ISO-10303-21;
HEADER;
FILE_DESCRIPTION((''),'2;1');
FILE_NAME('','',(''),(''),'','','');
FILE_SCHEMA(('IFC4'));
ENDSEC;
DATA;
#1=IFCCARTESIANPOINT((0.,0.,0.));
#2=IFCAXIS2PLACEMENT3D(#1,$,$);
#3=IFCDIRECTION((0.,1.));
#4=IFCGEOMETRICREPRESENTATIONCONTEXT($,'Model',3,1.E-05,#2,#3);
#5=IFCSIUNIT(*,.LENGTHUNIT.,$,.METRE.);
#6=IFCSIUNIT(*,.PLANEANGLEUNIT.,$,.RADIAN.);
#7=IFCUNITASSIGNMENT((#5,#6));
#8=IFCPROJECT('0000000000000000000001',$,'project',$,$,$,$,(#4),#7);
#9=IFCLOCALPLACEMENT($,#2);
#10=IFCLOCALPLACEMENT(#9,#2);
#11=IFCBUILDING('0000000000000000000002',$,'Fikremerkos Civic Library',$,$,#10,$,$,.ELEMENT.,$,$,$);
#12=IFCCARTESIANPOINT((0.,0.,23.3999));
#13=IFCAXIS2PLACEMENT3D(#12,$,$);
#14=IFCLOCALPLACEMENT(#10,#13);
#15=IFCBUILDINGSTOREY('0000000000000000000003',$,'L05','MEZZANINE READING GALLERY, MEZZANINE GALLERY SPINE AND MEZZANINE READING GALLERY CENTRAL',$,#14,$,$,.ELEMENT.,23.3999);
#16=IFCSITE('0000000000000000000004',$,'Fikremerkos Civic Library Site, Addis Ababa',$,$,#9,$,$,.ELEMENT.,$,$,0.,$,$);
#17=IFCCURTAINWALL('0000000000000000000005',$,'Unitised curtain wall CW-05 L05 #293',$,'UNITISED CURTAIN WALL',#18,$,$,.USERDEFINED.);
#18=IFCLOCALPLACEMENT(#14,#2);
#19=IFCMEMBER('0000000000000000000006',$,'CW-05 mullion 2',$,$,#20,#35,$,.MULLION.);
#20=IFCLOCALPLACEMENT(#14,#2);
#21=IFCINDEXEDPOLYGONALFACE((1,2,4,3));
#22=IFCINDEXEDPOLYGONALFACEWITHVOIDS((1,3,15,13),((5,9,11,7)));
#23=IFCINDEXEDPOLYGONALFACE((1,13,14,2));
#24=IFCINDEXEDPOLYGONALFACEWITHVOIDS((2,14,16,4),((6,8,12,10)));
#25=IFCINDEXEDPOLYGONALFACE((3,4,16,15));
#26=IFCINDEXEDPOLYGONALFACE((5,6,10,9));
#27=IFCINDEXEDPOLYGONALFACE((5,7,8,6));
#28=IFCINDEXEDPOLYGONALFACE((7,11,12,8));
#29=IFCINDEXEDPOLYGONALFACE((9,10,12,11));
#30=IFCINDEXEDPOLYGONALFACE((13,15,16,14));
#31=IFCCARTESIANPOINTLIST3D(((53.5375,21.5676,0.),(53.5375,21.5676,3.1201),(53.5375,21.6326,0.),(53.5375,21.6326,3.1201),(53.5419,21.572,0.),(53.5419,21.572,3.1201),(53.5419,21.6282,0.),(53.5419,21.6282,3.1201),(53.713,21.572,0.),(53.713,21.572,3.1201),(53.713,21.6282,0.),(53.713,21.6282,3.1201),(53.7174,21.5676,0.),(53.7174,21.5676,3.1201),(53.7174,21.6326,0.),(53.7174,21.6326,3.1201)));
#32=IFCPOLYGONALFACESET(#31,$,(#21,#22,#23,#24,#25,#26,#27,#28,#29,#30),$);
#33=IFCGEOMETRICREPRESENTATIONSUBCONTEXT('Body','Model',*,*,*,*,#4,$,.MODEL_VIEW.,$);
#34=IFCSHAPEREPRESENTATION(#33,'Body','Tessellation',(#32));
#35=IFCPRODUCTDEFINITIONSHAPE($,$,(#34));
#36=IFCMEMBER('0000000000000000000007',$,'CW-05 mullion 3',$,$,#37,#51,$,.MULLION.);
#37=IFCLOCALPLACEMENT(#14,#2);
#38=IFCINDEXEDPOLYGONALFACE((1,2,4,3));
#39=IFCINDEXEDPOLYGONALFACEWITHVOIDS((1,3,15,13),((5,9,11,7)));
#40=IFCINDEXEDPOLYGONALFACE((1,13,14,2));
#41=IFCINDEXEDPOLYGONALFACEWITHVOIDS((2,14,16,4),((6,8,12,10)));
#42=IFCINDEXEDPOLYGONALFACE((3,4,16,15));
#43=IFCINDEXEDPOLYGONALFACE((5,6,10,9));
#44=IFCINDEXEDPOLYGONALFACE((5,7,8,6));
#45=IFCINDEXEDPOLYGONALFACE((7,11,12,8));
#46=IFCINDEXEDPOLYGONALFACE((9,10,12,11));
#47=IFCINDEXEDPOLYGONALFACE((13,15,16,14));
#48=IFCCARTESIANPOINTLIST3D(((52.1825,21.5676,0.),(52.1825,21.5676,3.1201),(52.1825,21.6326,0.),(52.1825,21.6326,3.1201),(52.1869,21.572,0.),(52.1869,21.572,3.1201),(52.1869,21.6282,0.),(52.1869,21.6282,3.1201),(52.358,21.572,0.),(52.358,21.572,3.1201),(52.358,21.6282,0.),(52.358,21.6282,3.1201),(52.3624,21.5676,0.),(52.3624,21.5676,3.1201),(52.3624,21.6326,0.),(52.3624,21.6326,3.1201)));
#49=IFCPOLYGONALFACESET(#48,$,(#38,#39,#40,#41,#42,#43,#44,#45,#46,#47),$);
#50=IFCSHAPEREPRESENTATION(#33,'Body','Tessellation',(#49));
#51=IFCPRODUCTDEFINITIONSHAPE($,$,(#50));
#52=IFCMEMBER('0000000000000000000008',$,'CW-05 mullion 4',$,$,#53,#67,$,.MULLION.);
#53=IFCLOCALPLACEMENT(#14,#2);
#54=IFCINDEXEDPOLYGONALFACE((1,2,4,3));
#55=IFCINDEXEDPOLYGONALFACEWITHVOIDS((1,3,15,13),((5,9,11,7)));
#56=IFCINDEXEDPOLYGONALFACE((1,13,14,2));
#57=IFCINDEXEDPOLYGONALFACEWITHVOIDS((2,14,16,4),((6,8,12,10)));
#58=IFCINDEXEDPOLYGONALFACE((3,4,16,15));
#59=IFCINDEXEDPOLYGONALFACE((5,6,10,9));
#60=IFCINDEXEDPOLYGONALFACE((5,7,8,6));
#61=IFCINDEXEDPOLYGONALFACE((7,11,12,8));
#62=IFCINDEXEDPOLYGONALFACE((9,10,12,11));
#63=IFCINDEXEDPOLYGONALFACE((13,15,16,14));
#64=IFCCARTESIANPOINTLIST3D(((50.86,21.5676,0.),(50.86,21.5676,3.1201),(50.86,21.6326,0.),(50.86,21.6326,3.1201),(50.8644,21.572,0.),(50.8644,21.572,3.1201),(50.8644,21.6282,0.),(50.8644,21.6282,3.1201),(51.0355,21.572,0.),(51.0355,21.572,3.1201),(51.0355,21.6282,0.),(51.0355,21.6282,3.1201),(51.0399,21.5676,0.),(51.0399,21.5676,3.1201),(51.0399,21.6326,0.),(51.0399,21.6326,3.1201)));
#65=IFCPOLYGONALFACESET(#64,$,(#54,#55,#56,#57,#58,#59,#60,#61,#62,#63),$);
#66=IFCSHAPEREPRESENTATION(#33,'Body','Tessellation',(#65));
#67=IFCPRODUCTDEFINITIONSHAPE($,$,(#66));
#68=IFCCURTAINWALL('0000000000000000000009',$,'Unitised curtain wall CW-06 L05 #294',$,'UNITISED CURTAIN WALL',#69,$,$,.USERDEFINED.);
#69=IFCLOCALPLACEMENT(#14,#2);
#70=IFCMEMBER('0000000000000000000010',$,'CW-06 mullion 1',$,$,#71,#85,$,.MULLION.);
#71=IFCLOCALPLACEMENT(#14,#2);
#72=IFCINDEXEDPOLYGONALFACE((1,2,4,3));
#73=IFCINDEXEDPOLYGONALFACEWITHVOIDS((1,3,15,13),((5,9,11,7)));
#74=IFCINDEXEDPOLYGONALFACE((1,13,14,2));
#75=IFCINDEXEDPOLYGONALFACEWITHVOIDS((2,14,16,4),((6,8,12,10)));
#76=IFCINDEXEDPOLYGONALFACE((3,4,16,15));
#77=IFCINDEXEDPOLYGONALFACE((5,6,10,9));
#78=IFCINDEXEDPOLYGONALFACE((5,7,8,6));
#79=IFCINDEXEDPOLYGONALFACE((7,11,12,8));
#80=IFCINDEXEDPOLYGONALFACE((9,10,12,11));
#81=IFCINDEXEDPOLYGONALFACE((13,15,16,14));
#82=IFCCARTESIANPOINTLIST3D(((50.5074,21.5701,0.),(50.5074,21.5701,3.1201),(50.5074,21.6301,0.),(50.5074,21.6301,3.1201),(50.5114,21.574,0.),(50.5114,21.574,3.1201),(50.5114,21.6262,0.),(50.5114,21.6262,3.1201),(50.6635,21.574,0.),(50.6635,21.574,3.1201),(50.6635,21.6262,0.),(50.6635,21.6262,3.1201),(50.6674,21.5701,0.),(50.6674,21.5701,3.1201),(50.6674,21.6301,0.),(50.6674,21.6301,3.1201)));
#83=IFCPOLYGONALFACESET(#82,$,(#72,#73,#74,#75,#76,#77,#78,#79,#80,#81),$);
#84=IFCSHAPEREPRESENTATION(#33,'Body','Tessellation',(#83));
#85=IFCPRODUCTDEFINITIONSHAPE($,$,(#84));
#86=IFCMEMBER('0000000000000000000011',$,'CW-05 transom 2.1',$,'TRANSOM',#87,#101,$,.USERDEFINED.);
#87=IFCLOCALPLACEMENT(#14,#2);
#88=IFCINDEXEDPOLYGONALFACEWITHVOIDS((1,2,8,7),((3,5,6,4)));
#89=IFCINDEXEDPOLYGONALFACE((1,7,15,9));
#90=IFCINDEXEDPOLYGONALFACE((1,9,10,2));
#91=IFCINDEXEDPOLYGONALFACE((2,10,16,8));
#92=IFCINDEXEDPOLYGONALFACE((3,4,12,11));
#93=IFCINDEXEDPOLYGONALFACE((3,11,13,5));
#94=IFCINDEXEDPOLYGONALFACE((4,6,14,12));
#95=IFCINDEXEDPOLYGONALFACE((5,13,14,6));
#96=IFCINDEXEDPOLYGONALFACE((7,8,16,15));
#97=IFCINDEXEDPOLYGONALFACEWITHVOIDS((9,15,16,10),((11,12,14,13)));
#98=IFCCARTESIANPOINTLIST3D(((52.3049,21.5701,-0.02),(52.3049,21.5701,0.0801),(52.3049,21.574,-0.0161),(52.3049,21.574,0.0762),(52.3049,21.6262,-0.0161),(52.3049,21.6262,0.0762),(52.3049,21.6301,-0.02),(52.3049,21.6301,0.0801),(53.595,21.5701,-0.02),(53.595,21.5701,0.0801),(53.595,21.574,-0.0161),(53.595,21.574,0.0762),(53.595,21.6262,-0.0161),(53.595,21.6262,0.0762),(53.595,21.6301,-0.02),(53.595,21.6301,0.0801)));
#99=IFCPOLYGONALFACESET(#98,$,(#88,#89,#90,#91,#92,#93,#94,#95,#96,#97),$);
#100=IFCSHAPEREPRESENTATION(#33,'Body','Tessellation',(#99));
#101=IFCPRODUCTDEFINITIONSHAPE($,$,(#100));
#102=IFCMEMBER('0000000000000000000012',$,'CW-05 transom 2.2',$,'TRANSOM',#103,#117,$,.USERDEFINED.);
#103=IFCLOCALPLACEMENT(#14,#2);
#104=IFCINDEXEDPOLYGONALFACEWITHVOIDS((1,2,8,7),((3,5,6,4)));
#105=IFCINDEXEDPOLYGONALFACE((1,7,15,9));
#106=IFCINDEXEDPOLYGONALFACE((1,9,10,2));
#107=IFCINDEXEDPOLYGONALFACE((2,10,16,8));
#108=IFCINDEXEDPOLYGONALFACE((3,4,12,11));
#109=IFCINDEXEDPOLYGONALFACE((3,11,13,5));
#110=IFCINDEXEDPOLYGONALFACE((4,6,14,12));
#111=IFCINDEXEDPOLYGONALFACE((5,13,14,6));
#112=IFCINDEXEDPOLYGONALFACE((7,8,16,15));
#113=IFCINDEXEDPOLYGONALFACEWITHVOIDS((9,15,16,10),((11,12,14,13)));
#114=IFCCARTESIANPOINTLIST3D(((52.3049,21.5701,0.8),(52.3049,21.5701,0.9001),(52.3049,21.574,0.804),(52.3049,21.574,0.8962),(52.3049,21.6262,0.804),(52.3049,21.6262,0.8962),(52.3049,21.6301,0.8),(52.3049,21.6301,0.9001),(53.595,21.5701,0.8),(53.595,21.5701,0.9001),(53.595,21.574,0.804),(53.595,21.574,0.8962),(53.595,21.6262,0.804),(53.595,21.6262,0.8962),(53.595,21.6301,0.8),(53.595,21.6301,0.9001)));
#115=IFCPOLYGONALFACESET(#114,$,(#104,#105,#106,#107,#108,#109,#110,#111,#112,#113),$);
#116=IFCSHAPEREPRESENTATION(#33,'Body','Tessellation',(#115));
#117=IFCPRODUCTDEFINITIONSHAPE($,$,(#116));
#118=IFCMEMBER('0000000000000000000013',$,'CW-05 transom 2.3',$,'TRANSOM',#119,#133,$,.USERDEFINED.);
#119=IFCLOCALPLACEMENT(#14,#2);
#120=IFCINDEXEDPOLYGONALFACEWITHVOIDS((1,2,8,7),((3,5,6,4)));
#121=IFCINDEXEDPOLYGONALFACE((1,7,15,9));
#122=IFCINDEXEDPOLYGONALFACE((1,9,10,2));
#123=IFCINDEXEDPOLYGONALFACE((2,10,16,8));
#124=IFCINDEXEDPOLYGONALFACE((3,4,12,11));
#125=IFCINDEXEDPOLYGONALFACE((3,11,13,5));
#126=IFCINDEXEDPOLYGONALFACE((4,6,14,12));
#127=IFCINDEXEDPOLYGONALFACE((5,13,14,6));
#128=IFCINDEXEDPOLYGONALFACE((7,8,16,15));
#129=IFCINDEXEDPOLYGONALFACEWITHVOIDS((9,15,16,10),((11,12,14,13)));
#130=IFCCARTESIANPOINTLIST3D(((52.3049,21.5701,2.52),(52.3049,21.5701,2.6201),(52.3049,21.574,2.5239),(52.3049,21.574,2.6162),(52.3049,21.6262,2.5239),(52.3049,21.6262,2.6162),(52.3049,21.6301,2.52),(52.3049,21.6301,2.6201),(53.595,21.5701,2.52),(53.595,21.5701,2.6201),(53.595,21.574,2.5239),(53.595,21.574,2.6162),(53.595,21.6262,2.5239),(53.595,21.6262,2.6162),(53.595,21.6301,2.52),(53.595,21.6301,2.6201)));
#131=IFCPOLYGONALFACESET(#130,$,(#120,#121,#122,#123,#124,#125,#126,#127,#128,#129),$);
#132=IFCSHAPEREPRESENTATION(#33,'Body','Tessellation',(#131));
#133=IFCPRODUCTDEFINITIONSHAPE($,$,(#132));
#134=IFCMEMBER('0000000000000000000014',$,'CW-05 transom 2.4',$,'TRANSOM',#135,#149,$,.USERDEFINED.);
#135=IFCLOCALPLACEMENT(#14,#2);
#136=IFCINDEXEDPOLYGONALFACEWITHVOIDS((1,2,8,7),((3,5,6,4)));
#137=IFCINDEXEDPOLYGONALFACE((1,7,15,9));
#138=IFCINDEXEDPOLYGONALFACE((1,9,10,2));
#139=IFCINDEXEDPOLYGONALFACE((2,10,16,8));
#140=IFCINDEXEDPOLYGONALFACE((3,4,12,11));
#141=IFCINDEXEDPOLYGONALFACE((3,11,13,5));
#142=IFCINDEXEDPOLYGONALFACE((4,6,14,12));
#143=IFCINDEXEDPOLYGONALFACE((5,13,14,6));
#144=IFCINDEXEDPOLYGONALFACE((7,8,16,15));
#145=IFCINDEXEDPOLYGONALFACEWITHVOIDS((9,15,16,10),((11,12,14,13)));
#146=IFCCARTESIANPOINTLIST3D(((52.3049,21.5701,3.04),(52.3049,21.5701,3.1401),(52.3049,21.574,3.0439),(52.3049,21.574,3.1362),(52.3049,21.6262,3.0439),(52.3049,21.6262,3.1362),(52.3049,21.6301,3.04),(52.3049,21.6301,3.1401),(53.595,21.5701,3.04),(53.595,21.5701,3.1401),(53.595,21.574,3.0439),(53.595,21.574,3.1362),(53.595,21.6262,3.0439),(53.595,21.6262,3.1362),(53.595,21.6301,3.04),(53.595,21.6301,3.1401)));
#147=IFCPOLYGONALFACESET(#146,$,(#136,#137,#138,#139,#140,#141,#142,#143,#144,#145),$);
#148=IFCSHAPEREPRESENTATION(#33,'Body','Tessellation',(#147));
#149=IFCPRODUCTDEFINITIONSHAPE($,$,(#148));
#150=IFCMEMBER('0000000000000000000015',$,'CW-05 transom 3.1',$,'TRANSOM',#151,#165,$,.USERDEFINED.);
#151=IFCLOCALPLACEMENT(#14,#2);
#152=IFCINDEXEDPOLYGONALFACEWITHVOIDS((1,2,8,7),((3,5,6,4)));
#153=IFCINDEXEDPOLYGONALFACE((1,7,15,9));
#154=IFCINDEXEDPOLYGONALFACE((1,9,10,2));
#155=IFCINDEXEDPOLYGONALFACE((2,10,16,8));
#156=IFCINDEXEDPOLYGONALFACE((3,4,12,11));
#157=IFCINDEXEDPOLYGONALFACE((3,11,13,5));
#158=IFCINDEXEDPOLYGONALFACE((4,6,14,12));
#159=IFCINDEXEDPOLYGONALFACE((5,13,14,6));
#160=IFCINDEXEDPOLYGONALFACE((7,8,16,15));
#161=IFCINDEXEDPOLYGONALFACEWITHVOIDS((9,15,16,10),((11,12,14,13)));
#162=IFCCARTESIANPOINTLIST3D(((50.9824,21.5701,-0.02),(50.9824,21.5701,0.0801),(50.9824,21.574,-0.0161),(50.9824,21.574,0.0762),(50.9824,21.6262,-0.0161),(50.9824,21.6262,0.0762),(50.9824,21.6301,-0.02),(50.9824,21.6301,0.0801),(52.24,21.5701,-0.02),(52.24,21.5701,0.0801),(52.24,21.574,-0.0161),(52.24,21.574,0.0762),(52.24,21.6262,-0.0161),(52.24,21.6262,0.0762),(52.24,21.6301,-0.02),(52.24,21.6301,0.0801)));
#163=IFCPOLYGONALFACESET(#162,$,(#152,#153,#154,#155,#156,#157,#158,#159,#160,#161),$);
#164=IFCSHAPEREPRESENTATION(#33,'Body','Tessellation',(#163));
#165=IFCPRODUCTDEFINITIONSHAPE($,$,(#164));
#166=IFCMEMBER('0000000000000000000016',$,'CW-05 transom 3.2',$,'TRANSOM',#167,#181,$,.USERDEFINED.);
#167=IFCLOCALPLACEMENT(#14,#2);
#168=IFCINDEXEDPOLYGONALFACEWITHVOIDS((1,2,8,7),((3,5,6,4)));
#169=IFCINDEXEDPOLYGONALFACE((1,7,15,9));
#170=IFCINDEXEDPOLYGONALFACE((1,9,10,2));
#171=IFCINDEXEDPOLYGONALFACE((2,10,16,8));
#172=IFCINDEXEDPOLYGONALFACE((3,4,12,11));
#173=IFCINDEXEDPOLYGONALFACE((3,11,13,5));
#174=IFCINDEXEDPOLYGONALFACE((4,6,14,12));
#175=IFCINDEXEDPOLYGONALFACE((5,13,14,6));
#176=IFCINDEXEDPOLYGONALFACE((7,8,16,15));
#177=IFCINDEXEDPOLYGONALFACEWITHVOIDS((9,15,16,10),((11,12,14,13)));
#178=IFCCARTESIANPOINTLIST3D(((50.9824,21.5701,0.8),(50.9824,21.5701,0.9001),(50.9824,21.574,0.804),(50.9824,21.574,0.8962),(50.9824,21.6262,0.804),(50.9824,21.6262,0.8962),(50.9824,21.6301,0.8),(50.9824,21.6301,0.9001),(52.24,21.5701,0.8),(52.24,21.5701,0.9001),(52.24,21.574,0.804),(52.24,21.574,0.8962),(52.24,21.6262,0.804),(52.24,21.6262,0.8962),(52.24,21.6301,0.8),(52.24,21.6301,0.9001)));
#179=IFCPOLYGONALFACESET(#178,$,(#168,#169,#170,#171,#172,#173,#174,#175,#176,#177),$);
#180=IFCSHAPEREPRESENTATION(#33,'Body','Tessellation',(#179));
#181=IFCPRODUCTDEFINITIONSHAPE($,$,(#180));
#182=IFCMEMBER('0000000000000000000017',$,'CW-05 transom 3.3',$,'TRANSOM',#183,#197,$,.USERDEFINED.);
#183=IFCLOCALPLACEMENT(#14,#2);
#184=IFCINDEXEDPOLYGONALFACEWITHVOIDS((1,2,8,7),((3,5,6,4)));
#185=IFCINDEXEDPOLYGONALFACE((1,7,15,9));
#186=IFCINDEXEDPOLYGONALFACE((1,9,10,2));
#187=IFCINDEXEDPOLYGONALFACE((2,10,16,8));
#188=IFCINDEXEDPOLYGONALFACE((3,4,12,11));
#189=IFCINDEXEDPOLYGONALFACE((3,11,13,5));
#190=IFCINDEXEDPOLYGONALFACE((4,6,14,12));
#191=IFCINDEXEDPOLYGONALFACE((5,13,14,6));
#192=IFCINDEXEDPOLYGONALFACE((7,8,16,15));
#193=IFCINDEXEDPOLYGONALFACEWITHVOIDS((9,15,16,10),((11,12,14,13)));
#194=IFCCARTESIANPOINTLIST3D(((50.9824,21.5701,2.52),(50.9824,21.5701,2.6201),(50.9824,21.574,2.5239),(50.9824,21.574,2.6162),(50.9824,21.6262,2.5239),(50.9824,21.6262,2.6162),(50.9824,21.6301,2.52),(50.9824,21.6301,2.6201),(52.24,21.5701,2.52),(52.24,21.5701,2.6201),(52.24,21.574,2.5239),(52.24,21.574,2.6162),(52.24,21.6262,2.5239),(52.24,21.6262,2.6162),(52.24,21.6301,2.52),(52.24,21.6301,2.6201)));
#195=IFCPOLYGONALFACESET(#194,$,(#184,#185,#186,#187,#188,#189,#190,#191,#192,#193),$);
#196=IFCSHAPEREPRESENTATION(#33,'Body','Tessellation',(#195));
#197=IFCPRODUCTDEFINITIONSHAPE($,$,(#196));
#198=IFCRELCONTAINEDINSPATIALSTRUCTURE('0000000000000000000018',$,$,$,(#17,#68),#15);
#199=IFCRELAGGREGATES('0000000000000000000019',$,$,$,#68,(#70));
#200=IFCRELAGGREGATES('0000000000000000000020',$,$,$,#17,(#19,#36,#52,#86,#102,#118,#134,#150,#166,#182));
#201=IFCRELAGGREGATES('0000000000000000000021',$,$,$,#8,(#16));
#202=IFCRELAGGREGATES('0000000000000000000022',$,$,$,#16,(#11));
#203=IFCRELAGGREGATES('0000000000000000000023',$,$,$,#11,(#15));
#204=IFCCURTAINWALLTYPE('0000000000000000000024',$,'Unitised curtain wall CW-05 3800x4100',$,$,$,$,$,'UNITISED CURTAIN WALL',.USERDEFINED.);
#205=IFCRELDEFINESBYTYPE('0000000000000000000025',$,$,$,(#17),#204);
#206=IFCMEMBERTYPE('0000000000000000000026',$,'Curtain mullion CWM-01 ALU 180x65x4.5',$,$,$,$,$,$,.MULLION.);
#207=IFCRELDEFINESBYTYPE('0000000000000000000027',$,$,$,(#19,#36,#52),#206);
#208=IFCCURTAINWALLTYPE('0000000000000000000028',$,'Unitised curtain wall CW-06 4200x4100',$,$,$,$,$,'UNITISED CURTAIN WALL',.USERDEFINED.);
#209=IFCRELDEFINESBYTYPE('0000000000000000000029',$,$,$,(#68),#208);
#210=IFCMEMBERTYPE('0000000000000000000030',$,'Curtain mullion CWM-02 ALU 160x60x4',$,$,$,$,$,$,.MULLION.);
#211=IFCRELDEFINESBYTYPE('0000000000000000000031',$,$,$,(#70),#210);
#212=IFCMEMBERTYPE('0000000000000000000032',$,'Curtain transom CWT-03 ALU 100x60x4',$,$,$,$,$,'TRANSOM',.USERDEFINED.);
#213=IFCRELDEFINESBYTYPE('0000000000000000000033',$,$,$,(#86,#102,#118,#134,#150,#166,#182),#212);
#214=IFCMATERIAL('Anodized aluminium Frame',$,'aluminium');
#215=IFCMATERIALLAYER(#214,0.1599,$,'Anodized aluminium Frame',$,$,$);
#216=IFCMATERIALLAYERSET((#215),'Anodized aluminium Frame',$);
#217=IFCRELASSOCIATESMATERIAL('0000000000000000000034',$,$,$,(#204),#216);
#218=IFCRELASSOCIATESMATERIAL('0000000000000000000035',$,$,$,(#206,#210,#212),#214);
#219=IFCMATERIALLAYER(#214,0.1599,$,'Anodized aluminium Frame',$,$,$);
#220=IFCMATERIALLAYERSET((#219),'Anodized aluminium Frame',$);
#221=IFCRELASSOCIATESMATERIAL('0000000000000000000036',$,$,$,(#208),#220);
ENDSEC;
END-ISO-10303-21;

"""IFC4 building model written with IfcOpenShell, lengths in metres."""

from ifc_helpers import new_model, si_unit, direction, frame, origin, origin_2d, place, context, subcontext, project, spatial, hollow_rectangle, extrude, material, layer, layer_set, material_profile, profile_set, type_object, element, aggregate, save


model = new_model("IFC4")

# Units and contexts
model_context = context("Model", 3, precision=1e-05, world=origin(), true_north=direction((0.0, 1.0)))
body_context = subcontext(model_context, "Body", "Model", "MODEL_VIEW")
ifc_project = project(units=[si_unit("LENGTHUNIT", "METRE"), si_unit("PLANEANGLEUNIT", "RADIAN")], contexts=[model_context])

# Site, building, storey
site_placement = place(None, origin())
site = spatial("IfcSite", under=ifc_project, at=site_placement, Name="Fikremerkos Civic Library Site, Addis Ababa", CompositionType="ELEMENT", RefElevation=0.0)
building_placement = place(site_placement, origin())
building = spatial("IfcBuilding", under=site, at=building_placement, Name="Fikremerkos Civic Library", CompositionType="ELEMENT")
storey_placement = place(building_placement, frame((0.0, 0.0, 23.3999)))
storey = spatial("IfcBuildingStorey", under=building, at=storey_placement, Name="L05", Description="MEZZANINE READING GALLERY, MEZZANINE GALLERY SPINE AND MEZZANINE READING GALLERY CENTRAL", CompositionType="ELEMENT", Elevation=23.3999)

# Curtain wall, members
ifc_material_1 = material(Name="Anodized aluminium Frame", Category="aluminium")
ifc_layer_1 = layer(ifc_material_1, 0.1599, Name="Anodized aluminium Frame")
ifc_layer_set_1 = layer_set([ifc_layer_1], Name="Anodized aluminium Frame")
curtain_wall_type_1 = type_object("IfcCurtainWallType", Name="Unitised curtain wall CW-05 3800x4100", ElementType="UNITISED CURTAIN WALL", PredefinedType="USERDEFINED", material=ifc_layer_set_1)
curtain_wall_1_placement = place(storey_placement, origin())
curtain_wall_1 = element("IfcCurtainWall", 1, at=curtain_wall_1_placement, inside=storey, type_object=curtain_wall_type_1, Name="Unitised curtain wall CW-05 L05 #293", ObjectType="UNITISED CURTAIN WALL", PredefinedType="USERDEFINED")
ifc_material_profile_1 = material_profile(ifc_material_1, hollow_rectangle(XDim=0.0649, YDim=0.1799, WallThickness=0.0044, at=origin_2d()), Name="ALU 180x65x4.5")
ifc_profile_set_1 = profile_set([ifc_material_profile_1], Name="Anodized aluminium Frame")
member_type_1 = type_object("IfcMemberType", Name="Curtain mullion CWM-01 ALU 180x65x4.5", PredefinedType="MULLION", material=ifc_profile_set_1)
member_1_placement = place(storey_placement, frame((53.6274, 21.6001, 0.0), z_axis=(0.0, 0.0, 1.0), x_axis=(0.0, -1.0, 0.0)))
member_1 = element("IfcMember", 2, at=member_1_placement, type_object=member_type_1, Name="CW-05 mullion 2", PredefinedType="MULLION", context=body_context, shape_type="SweptSolid", body=[
    extrude(hollow_rectangle(XDim=0.0649, YDim=0.1799, WallThickness=0.0044, at=origin_2d()), origin(), (0.0, 0.0, 1.0), 3.1201),
])
member_2_placement = place(storey_placement, frame((52.2725, 21.6001, 0.0), z_axis=(0.0, 0.0, 1.0), x_axis=(0.0, -1.0, 0.0)))
member_2 = element("IfcMember", 3, at=member_2_placement, type_object=member_type_1, Name="CW-05 mullion 3", PredefinedType="MULLION", context=body_context, shape_type="SweptSolid", body=[
    extrude(hollow_rectangle(XDim=0.0649, YDim=0.1799, WallThickness=0.0044, at=origin_2d()), origin(), (0.0, 0.0, 1.0), 3.1201),
])
member_3_placement = place(storey_placement, frame((50.95, 21.6001, 0.0), z_axis=(0.0, 0.0, 1.0), x_axis=(0.0, -1.0, 0.0)))
member_3 = element("IfcMember", 4, at=member_3_placement, type_object=member_type_1, Name="CW-05 mullion 4", PredefinedType="MULLION", context=body_context, shape_type="SweptSolid", body=[
    extrude(hollow_rectangle(XDim=0.0649, YDim=0.1799, WallThickness=0.0044, at=origin_2d()), origin(), (0.0, 0.0, 1.0), 3.1201),
])

# Curtain wall, member
ifc_layer_2 = layer(ifc_material_1, 0.1599, Name="Anodized aluminium Frame")
ifc_layer_set_2 = layer_set([ifc_layer_2], Name="Anodized aluminium Frame")
curtain_wall_type_2 = type_object("IfcCurtainWallType", Name="Unitised curtain wall CW-06 4200x4100", ElementType="UNITISED CURTAIN WALL", PredefinedType="USERDEFINED", material=ifc_layer_set_2)
curtain_wall_2_placement = place(storey_placement, origin())
curtain_wall_2 = element("IfcCurtainWall", 5, at=curtain_wall_2_placement, inside=storey, type_object=curtain_wall_type_2, Name="Unitised curtain wall CW-06 L05 #294", ObjectType="UNITISED CURTAIN WALL", PredefinedType="USERDEFINED")
ifc_material_profile_2 = material_profile(ifc_material_1, hollow_rectangle(XDim=0.0601, YDim=0.1599, WallThickness=0.0039, at=origin_2d()), Name="ALU 160x60x4")
ifc_profile_set_2 = profile_set([ifc_material_profile_2], Name="Anodized aluminium Frame")
member_type_2 = type_object("IfcMemberType", Name="Curtain mullion CWM-02 ALU 160x60x4", PredefinedType="MULLION", material=ifc_profile_set_2)
member_4_placement = place(storey_placement, frame((50.5874, 21.6001, 0.0), z_axis=(0.0, 0.0, 1.0), x_axis=(0.0, -1.0, 0.0)))
member_4 = element("IfcMember", 6, at=member_4_placement, type_object=member_type_2, Name="CW-06 mullion 1", PredefinedType="MULLION", context=body_context, shape_type="SweptSolid", body=[
    extrude(hollow_rectangle(XDim=0.0601, YDim=0.1599, WallThickness=0.0039, at=origin_2d()), origin(), (0.0, 0.0, 1.0), 3.1201),
])

# Members
ifc_material_profile_3 = material_profile(ifc_material_1, hollow_rectangle(XDim=0.0601, YDim=0.1001, WallThickness=0.0039, at=origin_2d()), Name="ALU 100x60x4")
ifc_profile_set_3 = profile_set([ifc_material_profile_3], Name="Anodized aluminium Frame")
member_type_3 = type_object("IfcMemberType", Name="Curtain transom CWT-03 ALU 100x60x4", ElementType="TRANSOM", PredefinedType="USERDEFINED", material=ifc_profile_set_3)
member_5_placement = place(storey_placement, frame((53.595, 21.6001, 0.03), z_axis=(-1.0, 0.0, 0.0), x_axis=(0.0, -1.0, 0.0)))
member_5 = element("IfcMember", 7, at=member_5_placement, type_object=member_type_3, Name="CW-05 transom 2.1", ObjectType="TRANSOM", PredefinedType="USERDEFINED", context=body_context, shape_type="SweptSolid", body=[
    extrude(hollow_rectangle(XDim=0.0601, YDim=0.1001, WallThickness=0.0039, at=origin_2d()), origin(), (0.0, 0.0, 1.0), 1.29),
])
member_6_placement = place(storey_placement, frame((53.595, 21.6001, 0.8501), z_axis=(-1.0, 0.0, 0.0), x_axis=(0.0, -1.0, 0.0)))
member_6 = element("IfcMember", 8, at=member_6_placement, type_object=member_type_3, Name="CW-05 transom 2.2", ObjectType="TRANSOM", PredefinedType="USERDEFINED", context=body_context, shape_type="SweptSolid", body=[
    extrude(hollow_rectangle(XDim=0.0601, YDim=0.1001, WallThickness=0.0039, at=origin_2d()), origin(), (0.0, 0.0, 1.0), 1.29),
])
member_7_placement = place(storey_placement, frame((53.595, 21.6001, 2.5701), z_axis=(-1.0, 0.0, 0.0), x_axis=(0.0, -1.0, 0.0)))
member_7 = element("IfcMember", 9, at=member_7_placement, type_object=member_type_3, Name="CW-05 transom 2.3", ObjectType="TRANSOM", PredefinedType="USERDEFINED", context=body_context, shape_type="SweptSolid", body=[
    extrude(hollow_rectangle(XDim=0.0601, YDim=0.1001, WallThickness=0.0039, at=origin_2d()), origin(), (0.0, 0.0, 1.0), 1.29),
])
member_8_placement = place(storey_placement, frame((53.595, 21.6001, 3.0901), z_axis=(-1.0, 0.0, 0.0), x_axis=(0.0, -1.0, 0.0)))
member_8 = element("IfcMember", 10, at=member_8_placement, type_object=member_type_3, Name="CW-05 transom 2.4", ObjectType="TRANSOM", PredefinedType="USERDEFINED", context=body_context, shape_type="SweptSolid", body=[
    extrude(hollow_rectangle(XDim=0.0601, YDim=0.1001, WallThickness=0.0039, at=origin_2d()), origin(), (0.0, 0.0, 1.0), 1.29),
])
member_9_placement = place(storey_placement, frame((52.24, 21.6001, 0.03), z_axis=(-1.0, 0.0, 0.0), x_axis=(0.0, -1.0, 0.0)))
member_9 = element("IfcMember", 11, at=member_9_placement, type_object=member_type_3, Name="CW-05 transom 3.1", ObjectType="TRANSOM", PredefinedType="USERDEFINED", context=body_context, shape_type="SweptSolid", body=[
    extrude(hollow_rectangle(XDim=0.0601, YDim=0.1001, WallThickness=0.0039, at=origin_2d()), origin(), (0.0, 0.0, 1.0), 1.2576),
])
member_10_placement = place(storey_placement, frame((52.24, 21.6001, 0.8501), z_axis=(-1.0, 0.0, 0.0), x_axis=(0.0, -1.0, 0.0)))
member_10 = element("IfcMember", 12, at=member_10_placement, type_object=member_type_3, Name="CW-05 transom 3.2", ObjectType="TRANSOM", PredefinedType="USERDEFINED", context=body_context, shape_type="SweptSolid", body=[
    extrude(hollow_rectangle(XDim=0.0601, YDim=0.1001, WallThickness=0.0039, at=origin_2d()), origin(), (0.0, 0.0, 1.0), 1.2576),
])
member_11_placement = place(storey_placement, frame((52.24, 21.6001, 2.5701), z_axis=(-1.0, 0.0, 0.0), x_axis=(0.0, -1.0, 0.0)))
member_11 = element("IfcMember", 13, at=member_11_placement, type_object=member_type_3, Name="CW-05 transom 3.3", ObjectType="TRANSOM", PredefinedType="USERDEFINED", context=body_context, shape_type="SweptSolid", body=[
    extrude(hollow_rectangle(XDim=0.0601, YDim=0.1001, WallThickness=0.0039, at=origin_2d()), origin(), (0.0, 0.0, 1.0), 1.2576),
])
aggregate(curtain_wall_2, [member_4])

aggregate(curtain_wall_1, [member_1, member_2, member_3, member_5, member_6, member_7, member_8, member_9, member_10, member_11])

save(model, "model.ifc")
